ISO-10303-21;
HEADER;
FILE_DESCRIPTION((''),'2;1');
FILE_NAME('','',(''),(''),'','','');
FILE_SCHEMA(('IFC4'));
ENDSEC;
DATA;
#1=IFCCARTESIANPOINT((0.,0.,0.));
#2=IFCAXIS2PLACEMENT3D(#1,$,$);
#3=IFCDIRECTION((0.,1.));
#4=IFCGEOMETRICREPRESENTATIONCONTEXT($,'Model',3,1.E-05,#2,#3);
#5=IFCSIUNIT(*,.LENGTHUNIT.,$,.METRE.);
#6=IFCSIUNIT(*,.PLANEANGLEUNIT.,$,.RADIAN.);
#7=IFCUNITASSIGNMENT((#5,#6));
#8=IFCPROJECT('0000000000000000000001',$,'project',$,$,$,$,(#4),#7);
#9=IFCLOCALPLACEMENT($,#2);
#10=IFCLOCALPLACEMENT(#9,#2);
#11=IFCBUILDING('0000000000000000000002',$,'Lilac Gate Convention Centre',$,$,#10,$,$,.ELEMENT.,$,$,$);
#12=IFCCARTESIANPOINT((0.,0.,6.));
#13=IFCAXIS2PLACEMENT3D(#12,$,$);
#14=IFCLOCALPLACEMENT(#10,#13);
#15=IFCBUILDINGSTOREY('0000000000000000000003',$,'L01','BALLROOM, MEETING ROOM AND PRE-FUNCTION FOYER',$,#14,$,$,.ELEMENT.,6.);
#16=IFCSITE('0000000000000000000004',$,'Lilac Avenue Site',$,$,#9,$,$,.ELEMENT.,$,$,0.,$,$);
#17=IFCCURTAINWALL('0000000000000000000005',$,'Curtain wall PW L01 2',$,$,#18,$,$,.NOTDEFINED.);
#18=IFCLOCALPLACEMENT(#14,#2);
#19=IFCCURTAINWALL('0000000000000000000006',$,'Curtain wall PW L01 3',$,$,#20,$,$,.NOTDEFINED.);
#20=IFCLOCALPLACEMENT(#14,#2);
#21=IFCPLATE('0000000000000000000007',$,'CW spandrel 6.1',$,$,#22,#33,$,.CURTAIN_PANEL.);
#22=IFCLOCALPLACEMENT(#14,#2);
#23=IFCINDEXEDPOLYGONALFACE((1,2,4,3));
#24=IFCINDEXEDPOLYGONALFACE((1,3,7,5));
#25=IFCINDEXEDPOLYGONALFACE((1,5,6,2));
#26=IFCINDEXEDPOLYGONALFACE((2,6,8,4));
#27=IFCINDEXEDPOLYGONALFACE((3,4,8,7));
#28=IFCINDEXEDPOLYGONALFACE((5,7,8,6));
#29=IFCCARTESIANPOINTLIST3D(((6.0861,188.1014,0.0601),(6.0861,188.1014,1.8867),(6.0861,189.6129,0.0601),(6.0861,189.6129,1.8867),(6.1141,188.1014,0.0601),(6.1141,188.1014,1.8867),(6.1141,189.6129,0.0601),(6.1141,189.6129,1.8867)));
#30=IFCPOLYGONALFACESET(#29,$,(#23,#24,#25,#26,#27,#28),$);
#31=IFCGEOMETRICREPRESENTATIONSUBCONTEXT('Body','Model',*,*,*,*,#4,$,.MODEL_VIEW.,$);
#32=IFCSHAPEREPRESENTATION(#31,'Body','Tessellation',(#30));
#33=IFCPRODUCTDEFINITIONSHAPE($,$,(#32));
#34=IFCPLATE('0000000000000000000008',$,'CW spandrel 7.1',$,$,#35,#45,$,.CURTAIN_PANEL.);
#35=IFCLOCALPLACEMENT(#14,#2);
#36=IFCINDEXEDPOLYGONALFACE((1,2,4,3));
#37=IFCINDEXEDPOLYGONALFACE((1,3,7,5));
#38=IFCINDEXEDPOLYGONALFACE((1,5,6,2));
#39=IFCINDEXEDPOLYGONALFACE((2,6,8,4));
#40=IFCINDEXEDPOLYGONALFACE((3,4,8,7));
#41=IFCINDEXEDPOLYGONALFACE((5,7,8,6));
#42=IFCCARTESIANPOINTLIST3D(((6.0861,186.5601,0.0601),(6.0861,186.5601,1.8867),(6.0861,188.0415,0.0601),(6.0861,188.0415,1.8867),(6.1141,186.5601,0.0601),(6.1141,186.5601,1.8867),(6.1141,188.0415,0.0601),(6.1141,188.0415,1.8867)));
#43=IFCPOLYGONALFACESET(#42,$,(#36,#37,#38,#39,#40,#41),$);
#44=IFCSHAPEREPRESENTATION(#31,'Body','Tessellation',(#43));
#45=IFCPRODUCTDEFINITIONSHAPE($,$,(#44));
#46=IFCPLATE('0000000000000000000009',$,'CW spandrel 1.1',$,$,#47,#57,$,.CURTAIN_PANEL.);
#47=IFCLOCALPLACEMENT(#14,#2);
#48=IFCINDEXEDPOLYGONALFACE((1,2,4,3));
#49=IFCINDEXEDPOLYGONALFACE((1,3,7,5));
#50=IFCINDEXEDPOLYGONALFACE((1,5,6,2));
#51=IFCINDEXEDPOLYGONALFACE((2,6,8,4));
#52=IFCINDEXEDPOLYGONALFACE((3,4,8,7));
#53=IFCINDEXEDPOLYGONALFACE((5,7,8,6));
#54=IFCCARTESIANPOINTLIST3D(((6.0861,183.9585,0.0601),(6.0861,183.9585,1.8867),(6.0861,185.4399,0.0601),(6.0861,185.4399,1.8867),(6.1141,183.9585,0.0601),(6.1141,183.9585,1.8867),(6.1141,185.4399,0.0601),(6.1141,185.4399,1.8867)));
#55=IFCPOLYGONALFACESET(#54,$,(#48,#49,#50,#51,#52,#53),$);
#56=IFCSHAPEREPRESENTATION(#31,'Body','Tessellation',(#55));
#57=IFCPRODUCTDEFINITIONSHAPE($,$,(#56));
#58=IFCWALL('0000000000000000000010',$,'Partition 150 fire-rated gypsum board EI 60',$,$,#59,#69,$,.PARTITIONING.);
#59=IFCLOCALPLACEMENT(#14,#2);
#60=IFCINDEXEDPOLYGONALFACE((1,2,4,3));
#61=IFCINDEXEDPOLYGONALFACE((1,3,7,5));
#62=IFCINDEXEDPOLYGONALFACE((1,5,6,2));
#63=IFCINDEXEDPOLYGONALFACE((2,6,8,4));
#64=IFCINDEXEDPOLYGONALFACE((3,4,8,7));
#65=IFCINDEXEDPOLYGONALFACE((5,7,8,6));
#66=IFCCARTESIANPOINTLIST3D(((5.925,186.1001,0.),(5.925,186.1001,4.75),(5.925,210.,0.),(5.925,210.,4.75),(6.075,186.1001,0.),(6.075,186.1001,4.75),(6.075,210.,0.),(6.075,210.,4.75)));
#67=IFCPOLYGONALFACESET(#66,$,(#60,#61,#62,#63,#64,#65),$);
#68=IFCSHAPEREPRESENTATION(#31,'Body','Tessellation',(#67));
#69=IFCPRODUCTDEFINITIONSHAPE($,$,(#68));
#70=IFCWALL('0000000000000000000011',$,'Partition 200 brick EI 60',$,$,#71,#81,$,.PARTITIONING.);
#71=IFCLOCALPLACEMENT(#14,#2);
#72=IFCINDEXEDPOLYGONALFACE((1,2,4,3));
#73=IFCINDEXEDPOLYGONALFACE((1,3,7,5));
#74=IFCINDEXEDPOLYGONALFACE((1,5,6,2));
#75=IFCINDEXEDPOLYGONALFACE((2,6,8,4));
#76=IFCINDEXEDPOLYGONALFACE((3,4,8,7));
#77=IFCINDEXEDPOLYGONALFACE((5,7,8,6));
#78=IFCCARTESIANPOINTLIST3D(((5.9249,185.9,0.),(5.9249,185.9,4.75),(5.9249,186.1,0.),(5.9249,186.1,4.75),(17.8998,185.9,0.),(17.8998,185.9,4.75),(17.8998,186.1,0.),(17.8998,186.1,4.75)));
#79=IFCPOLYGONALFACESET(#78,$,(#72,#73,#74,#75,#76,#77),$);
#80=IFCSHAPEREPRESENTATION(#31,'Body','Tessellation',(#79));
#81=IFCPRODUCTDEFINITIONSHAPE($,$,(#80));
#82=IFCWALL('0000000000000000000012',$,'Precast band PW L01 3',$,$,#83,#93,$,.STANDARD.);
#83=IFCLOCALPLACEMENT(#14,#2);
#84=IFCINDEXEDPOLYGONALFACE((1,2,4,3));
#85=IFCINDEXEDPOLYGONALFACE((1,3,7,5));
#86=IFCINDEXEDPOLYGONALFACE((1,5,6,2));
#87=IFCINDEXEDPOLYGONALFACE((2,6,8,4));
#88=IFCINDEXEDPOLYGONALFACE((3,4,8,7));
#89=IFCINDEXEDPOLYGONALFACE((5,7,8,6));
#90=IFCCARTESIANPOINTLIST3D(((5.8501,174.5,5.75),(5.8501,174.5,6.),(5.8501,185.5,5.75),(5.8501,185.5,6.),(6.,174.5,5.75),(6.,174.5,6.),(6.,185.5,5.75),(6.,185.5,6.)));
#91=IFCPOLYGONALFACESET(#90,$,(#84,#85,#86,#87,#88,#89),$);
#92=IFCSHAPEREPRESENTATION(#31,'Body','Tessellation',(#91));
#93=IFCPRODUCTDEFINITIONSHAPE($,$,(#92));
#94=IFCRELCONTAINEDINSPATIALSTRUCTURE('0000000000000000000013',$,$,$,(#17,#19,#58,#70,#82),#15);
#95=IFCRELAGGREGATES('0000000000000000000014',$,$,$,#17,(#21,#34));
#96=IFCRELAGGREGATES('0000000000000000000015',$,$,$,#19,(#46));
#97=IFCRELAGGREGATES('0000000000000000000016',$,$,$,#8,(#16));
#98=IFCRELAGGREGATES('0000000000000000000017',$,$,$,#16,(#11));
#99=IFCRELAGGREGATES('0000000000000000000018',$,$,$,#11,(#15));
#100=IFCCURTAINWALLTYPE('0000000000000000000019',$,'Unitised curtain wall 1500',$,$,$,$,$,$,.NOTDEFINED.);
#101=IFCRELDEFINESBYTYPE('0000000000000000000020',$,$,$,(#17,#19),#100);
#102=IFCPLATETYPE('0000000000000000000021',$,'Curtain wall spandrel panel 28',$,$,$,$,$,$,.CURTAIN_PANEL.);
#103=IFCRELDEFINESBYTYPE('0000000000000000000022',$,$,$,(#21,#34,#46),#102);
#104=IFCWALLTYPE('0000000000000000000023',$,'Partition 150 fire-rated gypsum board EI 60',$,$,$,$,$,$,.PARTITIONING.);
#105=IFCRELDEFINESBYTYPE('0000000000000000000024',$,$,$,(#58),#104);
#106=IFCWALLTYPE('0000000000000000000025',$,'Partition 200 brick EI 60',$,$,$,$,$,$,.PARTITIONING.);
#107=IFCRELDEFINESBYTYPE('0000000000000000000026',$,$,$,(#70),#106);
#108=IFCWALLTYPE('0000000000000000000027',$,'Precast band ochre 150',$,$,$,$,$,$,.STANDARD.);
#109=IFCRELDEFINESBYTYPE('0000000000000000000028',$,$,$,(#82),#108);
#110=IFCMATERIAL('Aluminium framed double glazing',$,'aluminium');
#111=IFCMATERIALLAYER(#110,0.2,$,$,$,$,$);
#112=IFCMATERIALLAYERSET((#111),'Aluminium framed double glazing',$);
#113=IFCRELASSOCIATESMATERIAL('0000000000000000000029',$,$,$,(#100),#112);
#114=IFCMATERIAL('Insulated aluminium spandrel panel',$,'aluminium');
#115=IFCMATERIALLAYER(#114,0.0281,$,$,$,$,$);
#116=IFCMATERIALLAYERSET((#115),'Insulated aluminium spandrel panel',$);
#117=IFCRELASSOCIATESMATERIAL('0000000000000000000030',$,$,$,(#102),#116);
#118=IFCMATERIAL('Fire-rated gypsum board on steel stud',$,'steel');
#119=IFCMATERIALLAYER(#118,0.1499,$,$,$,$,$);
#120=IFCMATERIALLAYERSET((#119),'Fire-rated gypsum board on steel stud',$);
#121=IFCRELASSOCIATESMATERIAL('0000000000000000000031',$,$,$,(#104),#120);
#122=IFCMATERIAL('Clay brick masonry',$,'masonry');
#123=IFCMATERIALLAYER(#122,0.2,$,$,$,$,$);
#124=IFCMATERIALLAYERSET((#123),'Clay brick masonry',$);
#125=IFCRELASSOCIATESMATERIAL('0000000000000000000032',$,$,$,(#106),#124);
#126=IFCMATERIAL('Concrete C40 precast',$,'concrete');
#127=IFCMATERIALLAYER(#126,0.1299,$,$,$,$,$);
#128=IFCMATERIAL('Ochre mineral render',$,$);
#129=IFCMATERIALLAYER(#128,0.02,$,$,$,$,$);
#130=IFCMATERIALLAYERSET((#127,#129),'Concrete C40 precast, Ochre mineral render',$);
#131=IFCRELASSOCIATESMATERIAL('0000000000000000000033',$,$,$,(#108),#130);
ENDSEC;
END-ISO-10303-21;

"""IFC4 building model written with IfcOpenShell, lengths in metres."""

from ifc_helpers import new_model, si_unit, direction, frame, frame_2d, origin, origin_2d, place, context, subcontext, project, spatial, rectangle, extrude, material, layer, layer_set, type_object, element, aggregate, save


model = new_model("IFC4")

# Units and contexts
model_context = context("Model", 3, precision=1e-05, world=origin(), true_north=direction((0.0, 1.0)))
body_context = subcontext(model_context, "Body", "Model", "MODEL_VIEW")
ifc_project = project(units=[si_unit("LENGTHUNIT", "METRE"), si_unit("PLANEANGLEUNIT", "RADIAN")], contexts=[model_context])

# Site, building, storey
site_placement = place(None, origin())
site = spatial("IfcSite", under=ifc_project, at=site_placement, Name="Lilac Avenue Site", CompositionType="ELEMENT", RefElevation=0.0)
building_placement = place(site_placement, origin())
building = spatial("IfcBuilding", under=site, at=building_placement, Name="Lilac Gate Convention Centre", CompositionType="ELEMENT")
storey_placement = place(building_placement, frame((0.0, 0.0, 6.0)))
storey = spatial("IfcBuildingStorey", under=building, at=storey_placement, Name="L01", Description="BALLROOM, MEETING ROOM AND PRE-FUNCTION FOYER", CompositionType="ELEMENT", Elevation=6.0)

# Curtain walls
ifc_material_1 = material(Name="Aluminium framed double glazing", Category="aluminium")
ifc_layer_1 = layer(ifc_material_1, 0.2)
ifc_layer_set_1 = layer_set([ifc_layer_1], Name="Aluminium framed double glazing")
curtain_wall_type = type_object("IfcCurtainWallType", Name="Unitised curtain wall 1500", PredefinedType="NOTDEFINED", material=ifc_layer_set_1)
curtain_wall_1_placement = place(storey_placement, origin())
curtain_wall_1 = element("IfcCurtainWall", 1, at=curtain_wall_1_placement, inside=storey, type_object=curtain_wall_type, Name="Curtain wall PW L01 2", PredefinedType="NOTDEFINED")
curtain_wall_2_placement = place(storey_placement, origin())
curtain_wall_2 = element("IfcCurtainWall", 2, at=curtain_wall_2_placement, inside=storey, type_object=curtain_wall_type, Name="Curtain wall PW L01 3", PredefinedType="NOTDEFINED")

# Plates
ifc_material_2 = material(Name="Insulated aluminium spandrel panel", Category="aluminium")
ifc_layer_2 = layer(ifc_material_2, 0.0281)
ifc_layer_set_2 = layer_set([ifc_layer_2], Name="Insulated aluminium spandrel panel")
plate_type_1 = type_object("IfcPlateType", Name="Curtain wall spandrel panel 28", PredefinedType="CURTAIN_PANEL", material=ifc_layer_set_2)
plate_1_placement = place(storey_placement, frame((6.1001, 188.8572, 0.0601), z_axis=(0.0, 0.0, 1.0), x_axis=(0.0, -1.0, 0.0)))
plate_1 = element("IfcPlate", 3, at=plate_1_placement, type_object=plate_type_1, Name="CW spandrel 6.1", PredefinedType="CURTAIN_PANEL", context=body_context, shape_type="SweptSolid", body=[
    extrude(rectangle(XDim=1.5115, YDim=0.0281, at=origin_2d()), origin(), (0.0, 0.0, 1.0), 1.8267),
])
plate_2_placement = place(storey_placement, frame((6.1001, 187.3008, 0.0601), z_axis=(0.0, 0.0, 1.0), x_axis=(0.0, -1.0, 0.0)))
plate_2 = element("IfcPlate", 4, at=plate_2_placement, type_object=plate_type_1, Name="CW spandrel 7.1", PredefinedType="CURTAIN_PANEL", context=body_context, shape_type="SweptSolid", body=[
    extrude(rectangle(XDim=1.4814, YDim=0.0281, at=origin_2d()), origin(), (0.0, 0.0, 1.0), 1.8267),
])
aggregate(curtain_wall_1, [plate_1, plate_2])
plate_3_placement = place(storey_placement, frame((6.1001, 184.6992, 0.0601), z_axis=(0.0, 0.0, 1.0), x_axis=(0.0, -1.0, 0.0)))
plate_3 = element("IfcPlate", 5, at=plate_3_placement, type_object=plate_type_1, Name="CW spandrel 1.1", PredefinedType="CURTAIN_PANEL", context=body_context, shape_type="SweptSolid", body=[
    extrude(rectangle(XDim=1.4814, YDim=0.0281, at=origin_2d()), origin(), (0.0, 0.0, 1.0), 1.8267),
])
aggregate(curtain_wall_2, [plate_3])

# Walls
ifc_material_3 = material(Name="Fire-rated gypsum board on steel stud", Category="steel")
ifc_layer_3 = layer(ifc_material_3, 0.1499)
ifc_layer_set_3 = layer_set([ifc_layer_3], Name="Fire-rated gypsum board on steel stud")
wall_type_1 = type_object("IfcWallType", Name="Partition 150 fire-rated gypsum board EI 60", PredefinedType="PARTITIONING", material=ifc_layer_set_3)
wall_1_placement = place(storey_placement, frame((6.0, 186.1001, 0.0), z_axis=(0.0, 0.0, 1.0), x_axis=(0.0, 1.0, 0.0)))
element("IfcWall", 6, at=wall_1_placement, inside=storey, type_object=wall_type_1, Name="Partition 150 fire-rated gypsum board EI 60", PredefinedType="PARTITIONING", context=body_context, shape_type="SweptSolid", body=[
    extrude(rectangle(XDim=23.8999, YDim=0.1499, at=frame_2d((11.95, 0.0))), origin(), (0.0, 0.0, 1.0), 4.75),
])
ifc_material_4 = material(Name="Clay brick masonry", Category="masonry")
ifc_layer_4 = layer(ifc_material_4, 0.2)
ifc_layer_set_4 = layer_set([ifc_layer_4], Name="Clay brick masonry")
wall_type_2 = type_object("IfcWallType", Name="Partition 200 brick EI 60", PredefinedType="PARTITIONING", material=ifc_layer_set_4)
wall_2_placement = place(storey_placement, frame((5.925, 186.0, 0.0), z_axis=(0.0, 0.0, 1.0), x_axis=(1.0, 0.0, 0.0)))
element("IfcWall", 7, at=wall_2_placement, inside=storey, type_object=wall_type_2, Name="Partition 200 brick EI 60", PredefinedType="PARTITIONING", context=body_context, shape_type="SweptSolid", body=[
    extrude(rectangle(XDim=11.9749, YDim=0.2, at=frame_2d((5.9873, 0.0))), origin(), (0.0, 0.0, 1.0), 4.75),
])
ifc_material_5 = material(Name="Concrete C40 precast", Category="concrete")
ifc_layer_5 = layer(ifc_material_5, 0.1299)
ifc_material_6 = material(Name="Ochre mineral render")
ifc_layer_6 = layer(ifc_material_6, 0.02)
ifc_layer_set_5 = layer_set([ifc_layer_5, ifc_layer_6], Name="Concrete C40 precast, Ochre mineral render")
wall_type_3 = type_object("IfcWallType", Name="Precast band ochre 150", PredefinedType="STANDARD", material=ifc_layer_set_5)
wall_3_placement = place(storey_placement, frame((5.925, 185.5, 5.75), z_axis=(0.0, 0.0, 1.0), x_axis=(0.0, -1.0, 0.0)))
element("IfcWall", 8, at=wall_3_placement, inside=storey, type_object=wall_type_3, Name="Precast band PW L01 3", PredefinedType="STANDARD", context=body_context, shape_type="SweptSolid", body=[
    extrude(rectangle(XDim=11.0, YDim=0.1499, at=frame_2d((5.5, 0.0))), origin(), (0.0, 0.0, 1.0), 0.25),
])

save(model, "model.ifc")
